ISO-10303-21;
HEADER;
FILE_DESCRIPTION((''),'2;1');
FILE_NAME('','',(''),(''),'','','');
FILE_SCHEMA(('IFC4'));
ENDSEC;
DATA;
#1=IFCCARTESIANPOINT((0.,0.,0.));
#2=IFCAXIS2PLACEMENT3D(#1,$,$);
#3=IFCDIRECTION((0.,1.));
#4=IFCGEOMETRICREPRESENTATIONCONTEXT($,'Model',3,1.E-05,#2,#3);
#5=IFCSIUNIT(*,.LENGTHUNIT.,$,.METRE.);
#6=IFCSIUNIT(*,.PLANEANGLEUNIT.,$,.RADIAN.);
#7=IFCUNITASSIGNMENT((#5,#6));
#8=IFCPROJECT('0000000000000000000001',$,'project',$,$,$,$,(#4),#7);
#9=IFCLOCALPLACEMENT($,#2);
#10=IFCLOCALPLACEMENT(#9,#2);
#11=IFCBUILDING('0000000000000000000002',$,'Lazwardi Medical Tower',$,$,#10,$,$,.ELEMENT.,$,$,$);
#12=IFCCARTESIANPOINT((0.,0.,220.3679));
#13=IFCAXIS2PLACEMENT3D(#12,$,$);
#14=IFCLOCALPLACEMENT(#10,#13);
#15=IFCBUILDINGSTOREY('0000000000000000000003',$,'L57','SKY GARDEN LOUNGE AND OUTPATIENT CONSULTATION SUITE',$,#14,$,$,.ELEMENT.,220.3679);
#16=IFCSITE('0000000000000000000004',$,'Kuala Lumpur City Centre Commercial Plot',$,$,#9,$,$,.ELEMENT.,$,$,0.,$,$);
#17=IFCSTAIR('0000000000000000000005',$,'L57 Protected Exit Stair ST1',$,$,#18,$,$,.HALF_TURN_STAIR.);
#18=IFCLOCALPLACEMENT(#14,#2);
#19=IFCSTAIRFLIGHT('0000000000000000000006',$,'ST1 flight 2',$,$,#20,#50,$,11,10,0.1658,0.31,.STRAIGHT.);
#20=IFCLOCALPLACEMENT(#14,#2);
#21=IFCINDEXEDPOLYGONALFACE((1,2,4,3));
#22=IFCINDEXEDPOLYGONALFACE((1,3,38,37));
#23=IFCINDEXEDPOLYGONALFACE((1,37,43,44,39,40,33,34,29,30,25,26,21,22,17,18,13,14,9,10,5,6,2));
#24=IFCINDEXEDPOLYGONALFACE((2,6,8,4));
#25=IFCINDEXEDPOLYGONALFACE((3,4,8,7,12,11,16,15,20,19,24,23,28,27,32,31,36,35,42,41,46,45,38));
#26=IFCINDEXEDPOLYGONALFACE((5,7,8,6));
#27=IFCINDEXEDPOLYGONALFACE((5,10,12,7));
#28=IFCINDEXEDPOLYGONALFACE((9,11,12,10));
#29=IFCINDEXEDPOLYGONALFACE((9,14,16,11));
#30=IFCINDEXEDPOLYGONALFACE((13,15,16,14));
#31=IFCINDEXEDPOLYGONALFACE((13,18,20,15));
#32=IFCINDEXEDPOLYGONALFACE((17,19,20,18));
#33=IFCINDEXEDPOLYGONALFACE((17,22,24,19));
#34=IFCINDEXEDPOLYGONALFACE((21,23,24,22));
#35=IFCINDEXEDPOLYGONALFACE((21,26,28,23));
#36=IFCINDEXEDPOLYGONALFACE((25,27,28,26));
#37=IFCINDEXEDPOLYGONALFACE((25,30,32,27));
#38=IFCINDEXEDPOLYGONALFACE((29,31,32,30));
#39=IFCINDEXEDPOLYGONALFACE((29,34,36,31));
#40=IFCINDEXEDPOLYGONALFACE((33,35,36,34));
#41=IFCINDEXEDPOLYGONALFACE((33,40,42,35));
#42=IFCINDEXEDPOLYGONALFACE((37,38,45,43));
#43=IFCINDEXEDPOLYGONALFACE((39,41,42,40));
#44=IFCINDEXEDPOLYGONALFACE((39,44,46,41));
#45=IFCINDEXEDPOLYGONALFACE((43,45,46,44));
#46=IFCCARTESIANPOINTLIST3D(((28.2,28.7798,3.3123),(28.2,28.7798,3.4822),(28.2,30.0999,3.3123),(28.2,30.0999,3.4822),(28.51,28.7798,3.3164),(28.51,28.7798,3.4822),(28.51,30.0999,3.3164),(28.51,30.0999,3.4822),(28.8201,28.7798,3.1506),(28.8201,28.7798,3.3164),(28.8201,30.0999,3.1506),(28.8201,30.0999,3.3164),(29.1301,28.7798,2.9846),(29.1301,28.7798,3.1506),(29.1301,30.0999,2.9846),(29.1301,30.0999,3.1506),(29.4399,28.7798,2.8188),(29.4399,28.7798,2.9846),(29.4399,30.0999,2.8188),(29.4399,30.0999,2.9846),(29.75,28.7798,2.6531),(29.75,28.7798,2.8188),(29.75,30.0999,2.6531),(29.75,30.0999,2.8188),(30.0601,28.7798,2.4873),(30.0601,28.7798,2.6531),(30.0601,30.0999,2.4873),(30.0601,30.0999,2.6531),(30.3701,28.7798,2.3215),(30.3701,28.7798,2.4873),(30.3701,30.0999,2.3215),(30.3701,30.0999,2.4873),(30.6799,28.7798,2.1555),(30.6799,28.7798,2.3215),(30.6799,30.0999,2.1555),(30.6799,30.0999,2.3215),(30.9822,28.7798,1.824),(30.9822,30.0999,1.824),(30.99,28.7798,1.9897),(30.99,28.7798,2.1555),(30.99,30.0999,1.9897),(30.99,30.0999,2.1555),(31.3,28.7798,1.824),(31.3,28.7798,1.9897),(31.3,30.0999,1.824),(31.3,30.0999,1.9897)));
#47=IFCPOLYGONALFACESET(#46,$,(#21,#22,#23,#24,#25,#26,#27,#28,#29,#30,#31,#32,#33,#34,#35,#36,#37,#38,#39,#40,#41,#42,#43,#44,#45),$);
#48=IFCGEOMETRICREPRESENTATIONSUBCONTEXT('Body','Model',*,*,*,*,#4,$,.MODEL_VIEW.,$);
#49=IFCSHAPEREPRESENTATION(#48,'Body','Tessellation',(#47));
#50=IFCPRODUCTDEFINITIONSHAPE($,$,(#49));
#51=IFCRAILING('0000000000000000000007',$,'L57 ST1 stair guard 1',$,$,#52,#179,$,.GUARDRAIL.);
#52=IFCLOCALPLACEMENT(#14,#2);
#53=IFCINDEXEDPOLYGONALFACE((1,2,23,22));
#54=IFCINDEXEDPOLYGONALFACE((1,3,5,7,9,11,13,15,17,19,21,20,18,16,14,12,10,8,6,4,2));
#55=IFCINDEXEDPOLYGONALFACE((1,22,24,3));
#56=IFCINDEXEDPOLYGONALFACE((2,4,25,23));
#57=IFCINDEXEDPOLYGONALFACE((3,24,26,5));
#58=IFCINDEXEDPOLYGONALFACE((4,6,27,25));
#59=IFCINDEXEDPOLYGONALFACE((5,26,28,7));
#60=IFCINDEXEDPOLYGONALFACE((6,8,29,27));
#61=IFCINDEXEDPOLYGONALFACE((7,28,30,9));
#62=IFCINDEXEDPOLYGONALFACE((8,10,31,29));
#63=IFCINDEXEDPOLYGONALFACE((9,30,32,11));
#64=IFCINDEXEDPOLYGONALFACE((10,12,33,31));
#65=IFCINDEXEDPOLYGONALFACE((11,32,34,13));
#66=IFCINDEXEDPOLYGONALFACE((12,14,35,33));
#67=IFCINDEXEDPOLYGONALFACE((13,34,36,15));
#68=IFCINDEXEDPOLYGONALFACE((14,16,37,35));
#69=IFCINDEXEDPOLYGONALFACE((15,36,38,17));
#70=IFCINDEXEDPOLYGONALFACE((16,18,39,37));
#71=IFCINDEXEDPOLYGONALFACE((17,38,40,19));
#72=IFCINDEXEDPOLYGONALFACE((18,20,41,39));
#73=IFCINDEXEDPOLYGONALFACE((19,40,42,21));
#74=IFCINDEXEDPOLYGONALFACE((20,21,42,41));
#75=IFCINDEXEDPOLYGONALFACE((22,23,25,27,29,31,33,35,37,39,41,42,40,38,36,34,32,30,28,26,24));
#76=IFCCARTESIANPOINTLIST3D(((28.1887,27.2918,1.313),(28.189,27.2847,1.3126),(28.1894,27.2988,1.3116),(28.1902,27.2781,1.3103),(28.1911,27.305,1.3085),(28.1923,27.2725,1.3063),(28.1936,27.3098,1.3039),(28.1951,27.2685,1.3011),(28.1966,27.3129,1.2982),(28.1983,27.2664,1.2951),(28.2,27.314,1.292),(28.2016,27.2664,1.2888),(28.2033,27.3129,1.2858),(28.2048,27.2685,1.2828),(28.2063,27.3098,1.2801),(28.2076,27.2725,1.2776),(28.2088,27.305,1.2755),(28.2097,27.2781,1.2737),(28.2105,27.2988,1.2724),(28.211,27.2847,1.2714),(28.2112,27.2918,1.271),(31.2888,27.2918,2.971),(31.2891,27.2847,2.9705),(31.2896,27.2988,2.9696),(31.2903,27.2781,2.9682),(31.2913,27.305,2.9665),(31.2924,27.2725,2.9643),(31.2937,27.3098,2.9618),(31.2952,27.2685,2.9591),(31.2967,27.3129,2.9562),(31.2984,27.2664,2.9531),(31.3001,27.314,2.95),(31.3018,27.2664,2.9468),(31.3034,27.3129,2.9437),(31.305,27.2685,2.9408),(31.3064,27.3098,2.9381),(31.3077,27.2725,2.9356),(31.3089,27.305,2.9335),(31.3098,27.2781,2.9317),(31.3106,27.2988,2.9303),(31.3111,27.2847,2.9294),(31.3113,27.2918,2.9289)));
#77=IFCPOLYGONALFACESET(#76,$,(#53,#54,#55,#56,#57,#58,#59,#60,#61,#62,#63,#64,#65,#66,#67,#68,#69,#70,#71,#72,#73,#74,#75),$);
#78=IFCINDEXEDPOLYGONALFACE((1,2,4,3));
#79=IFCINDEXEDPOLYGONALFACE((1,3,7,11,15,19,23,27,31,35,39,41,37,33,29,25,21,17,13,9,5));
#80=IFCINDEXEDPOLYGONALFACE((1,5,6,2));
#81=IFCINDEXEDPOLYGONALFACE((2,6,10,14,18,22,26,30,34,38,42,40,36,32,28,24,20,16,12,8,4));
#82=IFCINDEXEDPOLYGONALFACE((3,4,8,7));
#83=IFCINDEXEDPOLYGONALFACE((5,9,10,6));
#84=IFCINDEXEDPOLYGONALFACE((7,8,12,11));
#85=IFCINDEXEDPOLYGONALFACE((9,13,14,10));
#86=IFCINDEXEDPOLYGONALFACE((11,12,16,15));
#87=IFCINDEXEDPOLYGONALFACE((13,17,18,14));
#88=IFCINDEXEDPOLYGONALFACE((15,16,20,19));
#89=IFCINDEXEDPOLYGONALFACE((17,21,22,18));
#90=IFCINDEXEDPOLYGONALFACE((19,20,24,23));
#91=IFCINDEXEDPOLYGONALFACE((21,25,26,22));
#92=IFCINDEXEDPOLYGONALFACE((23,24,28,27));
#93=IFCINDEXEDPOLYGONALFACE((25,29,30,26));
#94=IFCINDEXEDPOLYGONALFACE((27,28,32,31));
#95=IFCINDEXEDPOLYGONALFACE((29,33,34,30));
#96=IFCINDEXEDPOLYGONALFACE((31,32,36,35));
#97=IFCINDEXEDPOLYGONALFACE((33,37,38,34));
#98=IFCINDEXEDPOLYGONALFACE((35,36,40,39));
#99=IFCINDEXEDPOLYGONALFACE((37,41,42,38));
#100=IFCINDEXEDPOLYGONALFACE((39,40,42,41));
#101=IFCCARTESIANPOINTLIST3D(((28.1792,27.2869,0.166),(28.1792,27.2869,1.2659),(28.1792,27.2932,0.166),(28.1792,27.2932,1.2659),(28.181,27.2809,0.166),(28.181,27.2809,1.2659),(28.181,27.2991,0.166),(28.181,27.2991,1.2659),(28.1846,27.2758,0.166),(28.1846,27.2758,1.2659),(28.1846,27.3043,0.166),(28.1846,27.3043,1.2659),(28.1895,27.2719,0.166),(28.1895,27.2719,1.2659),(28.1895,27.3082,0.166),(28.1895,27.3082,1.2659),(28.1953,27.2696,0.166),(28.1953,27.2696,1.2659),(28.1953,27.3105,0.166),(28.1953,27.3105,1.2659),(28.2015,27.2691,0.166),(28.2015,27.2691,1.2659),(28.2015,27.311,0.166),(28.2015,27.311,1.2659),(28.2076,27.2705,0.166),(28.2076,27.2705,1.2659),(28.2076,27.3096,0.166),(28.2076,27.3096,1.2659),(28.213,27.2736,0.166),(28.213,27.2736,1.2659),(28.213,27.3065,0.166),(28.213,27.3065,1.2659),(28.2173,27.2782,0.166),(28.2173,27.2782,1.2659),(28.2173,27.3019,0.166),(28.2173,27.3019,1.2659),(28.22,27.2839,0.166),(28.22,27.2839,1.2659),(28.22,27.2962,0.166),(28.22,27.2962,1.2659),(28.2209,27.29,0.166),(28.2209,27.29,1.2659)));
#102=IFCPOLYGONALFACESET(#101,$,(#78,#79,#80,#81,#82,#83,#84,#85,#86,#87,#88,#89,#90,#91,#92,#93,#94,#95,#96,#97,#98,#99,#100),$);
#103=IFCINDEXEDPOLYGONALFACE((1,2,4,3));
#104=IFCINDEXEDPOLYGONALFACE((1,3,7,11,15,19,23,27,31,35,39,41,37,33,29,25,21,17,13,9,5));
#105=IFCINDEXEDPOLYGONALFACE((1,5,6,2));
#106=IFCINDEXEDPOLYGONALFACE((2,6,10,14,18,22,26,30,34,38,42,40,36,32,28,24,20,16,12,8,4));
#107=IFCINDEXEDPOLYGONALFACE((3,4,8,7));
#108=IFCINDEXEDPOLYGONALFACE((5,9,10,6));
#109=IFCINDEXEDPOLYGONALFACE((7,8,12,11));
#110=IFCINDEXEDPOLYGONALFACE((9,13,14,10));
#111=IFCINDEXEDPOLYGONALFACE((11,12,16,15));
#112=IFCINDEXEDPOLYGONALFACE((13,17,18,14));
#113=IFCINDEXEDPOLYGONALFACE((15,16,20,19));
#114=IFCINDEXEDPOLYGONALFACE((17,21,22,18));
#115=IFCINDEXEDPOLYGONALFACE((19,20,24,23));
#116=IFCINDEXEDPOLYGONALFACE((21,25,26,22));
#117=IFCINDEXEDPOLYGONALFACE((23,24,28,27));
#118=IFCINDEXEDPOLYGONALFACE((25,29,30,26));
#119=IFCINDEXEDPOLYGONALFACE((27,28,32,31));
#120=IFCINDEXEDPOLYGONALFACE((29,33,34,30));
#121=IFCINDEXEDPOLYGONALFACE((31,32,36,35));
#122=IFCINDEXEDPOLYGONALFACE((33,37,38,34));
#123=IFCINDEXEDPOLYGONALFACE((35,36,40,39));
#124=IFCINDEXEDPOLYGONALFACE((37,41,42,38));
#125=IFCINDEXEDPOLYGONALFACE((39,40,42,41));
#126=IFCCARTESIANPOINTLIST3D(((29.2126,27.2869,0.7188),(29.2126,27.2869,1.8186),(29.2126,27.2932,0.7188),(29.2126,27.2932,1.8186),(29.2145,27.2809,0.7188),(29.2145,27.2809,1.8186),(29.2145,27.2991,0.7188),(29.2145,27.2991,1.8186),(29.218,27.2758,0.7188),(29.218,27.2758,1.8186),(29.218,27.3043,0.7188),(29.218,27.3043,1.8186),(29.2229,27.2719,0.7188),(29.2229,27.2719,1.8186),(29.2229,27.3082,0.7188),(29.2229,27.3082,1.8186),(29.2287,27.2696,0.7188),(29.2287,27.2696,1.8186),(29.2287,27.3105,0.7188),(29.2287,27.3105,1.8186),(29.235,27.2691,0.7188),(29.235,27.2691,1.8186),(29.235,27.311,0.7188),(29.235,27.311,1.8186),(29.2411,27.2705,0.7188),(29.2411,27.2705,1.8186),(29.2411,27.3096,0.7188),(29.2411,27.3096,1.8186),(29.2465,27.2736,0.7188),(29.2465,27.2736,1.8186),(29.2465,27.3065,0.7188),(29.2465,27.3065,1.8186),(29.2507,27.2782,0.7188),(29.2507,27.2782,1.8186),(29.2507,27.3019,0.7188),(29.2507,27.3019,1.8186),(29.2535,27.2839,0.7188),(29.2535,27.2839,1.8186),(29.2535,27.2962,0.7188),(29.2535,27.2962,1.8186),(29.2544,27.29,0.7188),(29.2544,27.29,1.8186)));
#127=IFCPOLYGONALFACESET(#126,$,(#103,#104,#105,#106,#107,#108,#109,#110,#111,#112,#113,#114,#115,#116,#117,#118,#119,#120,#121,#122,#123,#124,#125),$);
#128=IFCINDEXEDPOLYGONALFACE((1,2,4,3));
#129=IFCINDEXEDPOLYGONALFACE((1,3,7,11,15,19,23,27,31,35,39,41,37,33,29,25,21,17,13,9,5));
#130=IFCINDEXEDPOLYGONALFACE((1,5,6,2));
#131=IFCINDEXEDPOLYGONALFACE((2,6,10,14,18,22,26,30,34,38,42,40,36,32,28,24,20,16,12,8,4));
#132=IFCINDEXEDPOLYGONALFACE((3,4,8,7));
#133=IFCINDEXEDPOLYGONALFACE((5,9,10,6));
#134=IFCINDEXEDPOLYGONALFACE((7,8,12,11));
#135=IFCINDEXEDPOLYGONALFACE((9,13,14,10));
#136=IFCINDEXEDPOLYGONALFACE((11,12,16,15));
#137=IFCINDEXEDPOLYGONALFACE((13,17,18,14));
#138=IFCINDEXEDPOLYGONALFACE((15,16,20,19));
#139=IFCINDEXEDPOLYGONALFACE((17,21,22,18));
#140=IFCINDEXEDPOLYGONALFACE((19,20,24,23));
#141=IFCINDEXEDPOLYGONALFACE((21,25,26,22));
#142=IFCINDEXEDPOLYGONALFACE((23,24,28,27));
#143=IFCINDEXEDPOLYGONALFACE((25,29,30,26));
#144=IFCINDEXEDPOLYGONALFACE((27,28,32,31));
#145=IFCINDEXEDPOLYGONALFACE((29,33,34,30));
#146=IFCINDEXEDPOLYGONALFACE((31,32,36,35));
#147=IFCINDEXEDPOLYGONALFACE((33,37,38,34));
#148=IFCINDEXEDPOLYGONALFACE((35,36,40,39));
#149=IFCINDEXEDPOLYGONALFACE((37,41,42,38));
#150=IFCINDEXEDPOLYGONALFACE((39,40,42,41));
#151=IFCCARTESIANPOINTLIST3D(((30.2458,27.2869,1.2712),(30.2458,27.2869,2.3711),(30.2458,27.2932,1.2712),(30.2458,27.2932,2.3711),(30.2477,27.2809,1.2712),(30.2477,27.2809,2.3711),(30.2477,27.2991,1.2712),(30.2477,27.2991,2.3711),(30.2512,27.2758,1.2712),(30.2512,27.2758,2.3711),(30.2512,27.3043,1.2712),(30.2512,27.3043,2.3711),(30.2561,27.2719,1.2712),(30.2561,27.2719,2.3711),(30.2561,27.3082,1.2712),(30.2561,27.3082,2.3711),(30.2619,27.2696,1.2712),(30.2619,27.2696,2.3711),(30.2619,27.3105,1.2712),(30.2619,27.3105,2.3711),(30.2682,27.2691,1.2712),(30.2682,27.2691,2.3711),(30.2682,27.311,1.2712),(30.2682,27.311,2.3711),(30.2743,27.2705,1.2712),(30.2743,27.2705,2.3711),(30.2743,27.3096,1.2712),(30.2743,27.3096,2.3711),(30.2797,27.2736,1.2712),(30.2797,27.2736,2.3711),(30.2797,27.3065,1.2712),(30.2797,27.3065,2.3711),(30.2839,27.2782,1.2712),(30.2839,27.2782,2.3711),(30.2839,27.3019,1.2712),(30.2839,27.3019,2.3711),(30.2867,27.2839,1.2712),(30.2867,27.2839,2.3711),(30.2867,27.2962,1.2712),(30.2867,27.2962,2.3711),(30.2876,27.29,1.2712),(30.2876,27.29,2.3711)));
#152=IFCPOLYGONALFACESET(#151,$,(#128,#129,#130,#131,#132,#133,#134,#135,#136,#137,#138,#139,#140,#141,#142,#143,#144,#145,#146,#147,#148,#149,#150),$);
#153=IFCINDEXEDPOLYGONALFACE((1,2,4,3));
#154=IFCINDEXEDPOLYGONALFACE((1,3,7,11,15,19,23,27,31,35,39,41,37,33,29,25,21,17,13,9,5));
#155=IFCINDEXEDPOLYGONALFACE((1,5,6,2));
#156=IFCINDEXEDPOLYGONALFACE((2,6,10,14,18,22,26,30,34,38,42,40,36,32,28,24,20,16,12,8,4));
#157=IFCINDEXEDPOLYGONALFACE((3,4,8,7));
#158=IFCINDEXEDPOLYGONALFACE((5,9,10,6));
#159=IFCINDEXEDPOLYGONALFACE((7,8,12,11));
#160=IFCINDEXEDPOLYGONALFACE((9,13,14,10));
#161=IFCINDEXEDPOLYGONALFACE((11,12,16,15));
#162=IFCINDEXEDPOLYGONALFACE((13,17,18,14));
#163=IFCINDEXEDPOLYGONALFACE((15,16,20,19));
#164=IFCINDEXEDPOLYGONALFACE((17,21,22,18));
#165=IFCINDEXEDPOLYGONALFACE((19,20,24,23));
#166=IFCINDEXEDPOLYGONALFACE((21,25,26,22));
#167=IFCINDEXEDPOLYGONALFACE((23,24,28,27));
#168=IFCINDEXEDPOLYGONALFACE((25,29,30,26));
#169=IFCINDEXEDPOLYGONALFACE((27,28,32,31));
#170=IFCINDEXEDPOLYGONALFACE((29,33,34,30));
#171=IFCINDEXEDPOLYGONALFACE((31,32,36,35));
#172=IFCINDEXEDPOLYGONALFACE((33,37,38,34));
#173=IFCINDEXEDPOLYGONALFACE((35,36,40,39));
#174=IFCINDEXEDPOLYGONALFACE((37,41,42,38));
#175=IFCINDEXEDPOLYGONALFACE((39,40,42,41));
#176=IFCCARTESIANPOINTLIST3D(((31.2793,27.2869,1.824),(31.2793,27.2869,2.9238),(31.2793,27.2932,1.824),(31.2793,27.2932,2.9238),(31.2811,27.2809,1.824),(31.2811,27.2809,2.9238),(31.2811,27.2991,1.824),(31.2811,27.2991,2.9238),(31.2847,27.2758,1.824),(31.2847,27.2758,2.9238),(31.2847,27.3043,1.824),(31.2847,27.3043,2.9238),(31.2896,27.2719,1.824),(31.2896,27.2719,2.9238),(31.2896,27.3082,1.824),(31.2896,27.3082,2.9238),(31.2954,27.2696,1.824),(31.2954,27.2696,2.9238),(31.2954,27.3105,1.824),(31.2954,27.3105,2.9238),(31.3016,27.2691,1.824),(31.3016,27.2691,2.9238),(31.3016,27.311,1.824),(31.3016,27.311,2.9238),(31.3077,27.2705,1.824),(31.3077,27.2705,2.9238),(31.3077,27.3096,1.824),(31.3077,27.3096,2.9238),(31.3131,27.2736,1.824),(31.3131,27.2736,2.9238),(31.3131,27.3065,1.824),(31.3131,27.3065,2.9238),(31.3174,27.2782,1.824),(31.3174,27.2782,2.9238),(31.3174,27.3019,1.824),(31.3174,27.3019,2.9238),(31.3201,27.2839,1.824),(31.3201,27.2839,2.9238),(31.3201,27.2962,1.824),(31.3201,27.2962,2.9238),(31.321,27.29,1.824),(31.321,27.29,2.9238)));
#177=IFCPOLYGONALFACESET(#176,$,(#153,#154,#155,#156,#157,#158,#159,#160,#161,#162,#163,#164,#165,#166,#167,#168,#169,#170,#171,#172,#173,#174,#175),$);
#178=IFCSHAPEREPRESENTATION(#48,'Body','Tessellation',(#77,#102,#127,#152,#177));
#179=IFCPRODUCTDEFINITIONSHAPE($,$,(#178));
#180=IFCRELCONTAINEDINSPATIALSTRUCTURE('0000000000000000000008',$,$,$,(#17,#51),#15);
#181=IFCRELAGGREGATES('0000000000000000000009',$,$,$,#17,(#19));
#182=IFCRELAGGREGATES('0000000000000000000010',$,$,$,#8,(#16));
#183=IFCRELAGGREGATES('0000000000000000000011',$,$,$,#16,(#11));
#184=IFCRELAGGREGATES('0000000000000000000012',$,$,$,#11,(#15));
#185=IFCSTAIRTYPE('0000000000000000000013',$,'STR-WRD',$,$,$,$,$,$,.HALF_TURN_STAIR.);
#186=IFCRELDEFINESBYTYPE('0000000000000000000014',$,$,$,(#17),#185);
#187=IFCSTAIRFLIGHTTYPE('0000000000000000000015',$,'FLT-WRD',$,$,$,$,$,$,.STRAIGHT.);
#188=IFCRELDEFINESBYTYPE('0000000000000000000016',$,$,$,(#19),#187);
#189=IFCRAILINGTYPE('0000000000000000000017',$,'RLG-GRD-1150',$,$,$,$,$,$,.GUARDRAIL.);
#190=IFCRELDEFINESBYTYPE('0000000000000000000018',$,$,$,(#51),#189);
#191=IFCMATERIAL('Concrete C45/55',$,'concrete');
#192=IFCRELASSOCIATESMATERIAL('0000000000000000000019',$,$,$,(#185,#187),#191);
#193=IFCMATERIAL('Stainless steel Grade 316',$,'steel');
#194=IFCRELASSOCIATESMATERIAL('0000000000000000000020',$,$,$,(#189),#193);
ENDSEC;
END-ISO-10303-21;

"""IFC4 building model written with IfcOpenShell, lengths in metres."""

from ifc_helpers import new_model, si_unit, direction, frame, origin, origin_2d, place, context, subcontext, project, spatial, polyline, circle, outline, extrude, material, type_object, element, aggregate, save


model = new_model("IFC4")

# Units and contexts
model_context = context("Model", 3, precision=1e-05, world=origin(), true_north=direction((0.0, 1.0)))
body_context = subcontext(model_context, "Body", "Model", "MODEL_VIEW")
ifc_project = project(units=[si_unit("LENGTHUNIT", "METRE"), si_unit("PLANEANGLEUNIT", "RADIAN")], contexts=[model_context])

# Site, building, storey
site_placement = place(None, origin())
site = spatial("IfcSite", under=ifc_project, at=site_placement, Name="Kuala Lumpur City Centre Commercial Plot", CompositionType="ELEMENT", RefElevation=0.0)
building_placement = place(site_placement, origin())
building = spatial("IfcBuilding", under=site, at=building_placement, Name="Lazwardi Medical Tower", CompositionType="ELEMENT")
storey_placement = place(building_placement, frame((0.0, 0.0, 220.3679)))
storey = spatial("IfcBuildingStorey", under=building, at=storey_placement, Name="L57", Description="SKY GARDEN LOUNGE AND OUTPATIENT CONSULTATION SUITE", CompositionType="ELEMENT", Elevation=220.3679)

# Stair, stair flight
ifc_material_1 = material(Name="Concrete C45/55", Category="concrete")
stair_type = type_object("IfcStairType", Name="STR-WRD", PredefinedType="HALF_TURN_STAIR", material=ifc_material_1)
stair_placement = place(storey_placement, origin())
stair = element("IfcStair", 1, at=stair_placement, inside=storey, type_object=stair_type, Name="L57 Protected Exit Stair ST1", PredefinedType="HALF_TURN_STAIR")
stair_flight_type = type_object("IfcStairFlightType", Name="FLT-WRD", PredefinedType="STRAIGHT", material=ifc_material_1)
stair_flight_1_placement = place(storey_placement, frame((31.3, 29.4399, 1.824), z_axis=(0.0, 0.0, 1.0), x_axis=(-1.0, 0.0, 0.0)))
stair_flight_1 = element("IfcStairFlight", 2, at=stair_flight_1_placement, type_object=stair_flight_type, Name="ST1 flight 2", NumberOfRisers=11, NumberOfTreads=10, PredefinedType="STRAIGHT", RiserHeight=0.1658, TreadLength=0.31, context=body_context, shape_type="SweptSolid", body=[
    extrude(outline(polyline([(0.0, 0.0), (0.0, 0.1658), (0.3101, 0.1658), (0.3101, 0.3315), (0.6201, 0.3315), (0.6201, 0.4976), (0.9299, 0.4976), (0.9299, 0.6633), (1.24, 0.6633), (1.24, 0.8291), (1.55, 0.8291), (1.55, 0.9949), (1.8601, 0.9949), (1.8601, 1.1606), (2.1699, 1.1606), (2.1699, 1.3267), (2.48, 1.3267), (2.48, 1.4924), (2.79, 1.4924), (2.79, 1.6582), (3.1001, 1.6582), (3.1001, 1.824), (3.1001, 1.4883), (0.3179, 0.0), (0.0, 0.0)])), frame((0.0, 0.6602, 0.0), z_axis=(0.0, -1.0, 0.0), x_axis=(1.0, 0.0, 0.0)), (0.0, 0.0, 1.0), 1.3201),
])
aggregate(stair, [stair_flight_1])

# Railing
ifc_material_2 = material(Name="Stainless steel Grade 316", Category="steel")
railing_type_1 = type_object("IfcRailingType", Name="RLG-GRD-1150", PredefinedType="GUARDRAIL", material=ifc_material_2)
railing_1_placement = place(storey_placement, frame((28.2, 27.29, 0.166)))
element("IfcRailing", 3, at=railing_1_placement, inside=storey, type_object=railing_type_1, Name="L57 ST1 stair guard 1", PredefinedType="GUARDRAIL", context=body_context, shape_type="SweptSolid", body=[
    extrude(circle(Radius=0.0239, at=origin_2d()), frame((0.0, 0.0, 1.126), z_axis=(0.881812, 0.0, 0.471601), x_axis=(0.0, 1.0, 0.0)), (0.0, 0.0, 1.0), 3.5156),
    extrude(circle(Radius=0.021, at=origin_2d()), origin(), (0.0, 0.0, 1.0), 1.0999),
    extrude(circle(Radius=0.021, at=origin_2d()), frame((1.0334, 0.0, 0.5527)), (0.0, 0.0, 1.0), 1.0999),
    extrude(circle(Radius=0.021, at=origin_2d()), frame((2.0667, 0.0, 1.1052)), (0.0, 0.0, 1.0), 1.0999),
    extrude(circle(Radius=0.021, at=origin_2d()), frame((3.1001, 0.0, 1.658)), (0.0, 0.0, 1.0), 1.0999),
])

save(model, "model.ifc")
